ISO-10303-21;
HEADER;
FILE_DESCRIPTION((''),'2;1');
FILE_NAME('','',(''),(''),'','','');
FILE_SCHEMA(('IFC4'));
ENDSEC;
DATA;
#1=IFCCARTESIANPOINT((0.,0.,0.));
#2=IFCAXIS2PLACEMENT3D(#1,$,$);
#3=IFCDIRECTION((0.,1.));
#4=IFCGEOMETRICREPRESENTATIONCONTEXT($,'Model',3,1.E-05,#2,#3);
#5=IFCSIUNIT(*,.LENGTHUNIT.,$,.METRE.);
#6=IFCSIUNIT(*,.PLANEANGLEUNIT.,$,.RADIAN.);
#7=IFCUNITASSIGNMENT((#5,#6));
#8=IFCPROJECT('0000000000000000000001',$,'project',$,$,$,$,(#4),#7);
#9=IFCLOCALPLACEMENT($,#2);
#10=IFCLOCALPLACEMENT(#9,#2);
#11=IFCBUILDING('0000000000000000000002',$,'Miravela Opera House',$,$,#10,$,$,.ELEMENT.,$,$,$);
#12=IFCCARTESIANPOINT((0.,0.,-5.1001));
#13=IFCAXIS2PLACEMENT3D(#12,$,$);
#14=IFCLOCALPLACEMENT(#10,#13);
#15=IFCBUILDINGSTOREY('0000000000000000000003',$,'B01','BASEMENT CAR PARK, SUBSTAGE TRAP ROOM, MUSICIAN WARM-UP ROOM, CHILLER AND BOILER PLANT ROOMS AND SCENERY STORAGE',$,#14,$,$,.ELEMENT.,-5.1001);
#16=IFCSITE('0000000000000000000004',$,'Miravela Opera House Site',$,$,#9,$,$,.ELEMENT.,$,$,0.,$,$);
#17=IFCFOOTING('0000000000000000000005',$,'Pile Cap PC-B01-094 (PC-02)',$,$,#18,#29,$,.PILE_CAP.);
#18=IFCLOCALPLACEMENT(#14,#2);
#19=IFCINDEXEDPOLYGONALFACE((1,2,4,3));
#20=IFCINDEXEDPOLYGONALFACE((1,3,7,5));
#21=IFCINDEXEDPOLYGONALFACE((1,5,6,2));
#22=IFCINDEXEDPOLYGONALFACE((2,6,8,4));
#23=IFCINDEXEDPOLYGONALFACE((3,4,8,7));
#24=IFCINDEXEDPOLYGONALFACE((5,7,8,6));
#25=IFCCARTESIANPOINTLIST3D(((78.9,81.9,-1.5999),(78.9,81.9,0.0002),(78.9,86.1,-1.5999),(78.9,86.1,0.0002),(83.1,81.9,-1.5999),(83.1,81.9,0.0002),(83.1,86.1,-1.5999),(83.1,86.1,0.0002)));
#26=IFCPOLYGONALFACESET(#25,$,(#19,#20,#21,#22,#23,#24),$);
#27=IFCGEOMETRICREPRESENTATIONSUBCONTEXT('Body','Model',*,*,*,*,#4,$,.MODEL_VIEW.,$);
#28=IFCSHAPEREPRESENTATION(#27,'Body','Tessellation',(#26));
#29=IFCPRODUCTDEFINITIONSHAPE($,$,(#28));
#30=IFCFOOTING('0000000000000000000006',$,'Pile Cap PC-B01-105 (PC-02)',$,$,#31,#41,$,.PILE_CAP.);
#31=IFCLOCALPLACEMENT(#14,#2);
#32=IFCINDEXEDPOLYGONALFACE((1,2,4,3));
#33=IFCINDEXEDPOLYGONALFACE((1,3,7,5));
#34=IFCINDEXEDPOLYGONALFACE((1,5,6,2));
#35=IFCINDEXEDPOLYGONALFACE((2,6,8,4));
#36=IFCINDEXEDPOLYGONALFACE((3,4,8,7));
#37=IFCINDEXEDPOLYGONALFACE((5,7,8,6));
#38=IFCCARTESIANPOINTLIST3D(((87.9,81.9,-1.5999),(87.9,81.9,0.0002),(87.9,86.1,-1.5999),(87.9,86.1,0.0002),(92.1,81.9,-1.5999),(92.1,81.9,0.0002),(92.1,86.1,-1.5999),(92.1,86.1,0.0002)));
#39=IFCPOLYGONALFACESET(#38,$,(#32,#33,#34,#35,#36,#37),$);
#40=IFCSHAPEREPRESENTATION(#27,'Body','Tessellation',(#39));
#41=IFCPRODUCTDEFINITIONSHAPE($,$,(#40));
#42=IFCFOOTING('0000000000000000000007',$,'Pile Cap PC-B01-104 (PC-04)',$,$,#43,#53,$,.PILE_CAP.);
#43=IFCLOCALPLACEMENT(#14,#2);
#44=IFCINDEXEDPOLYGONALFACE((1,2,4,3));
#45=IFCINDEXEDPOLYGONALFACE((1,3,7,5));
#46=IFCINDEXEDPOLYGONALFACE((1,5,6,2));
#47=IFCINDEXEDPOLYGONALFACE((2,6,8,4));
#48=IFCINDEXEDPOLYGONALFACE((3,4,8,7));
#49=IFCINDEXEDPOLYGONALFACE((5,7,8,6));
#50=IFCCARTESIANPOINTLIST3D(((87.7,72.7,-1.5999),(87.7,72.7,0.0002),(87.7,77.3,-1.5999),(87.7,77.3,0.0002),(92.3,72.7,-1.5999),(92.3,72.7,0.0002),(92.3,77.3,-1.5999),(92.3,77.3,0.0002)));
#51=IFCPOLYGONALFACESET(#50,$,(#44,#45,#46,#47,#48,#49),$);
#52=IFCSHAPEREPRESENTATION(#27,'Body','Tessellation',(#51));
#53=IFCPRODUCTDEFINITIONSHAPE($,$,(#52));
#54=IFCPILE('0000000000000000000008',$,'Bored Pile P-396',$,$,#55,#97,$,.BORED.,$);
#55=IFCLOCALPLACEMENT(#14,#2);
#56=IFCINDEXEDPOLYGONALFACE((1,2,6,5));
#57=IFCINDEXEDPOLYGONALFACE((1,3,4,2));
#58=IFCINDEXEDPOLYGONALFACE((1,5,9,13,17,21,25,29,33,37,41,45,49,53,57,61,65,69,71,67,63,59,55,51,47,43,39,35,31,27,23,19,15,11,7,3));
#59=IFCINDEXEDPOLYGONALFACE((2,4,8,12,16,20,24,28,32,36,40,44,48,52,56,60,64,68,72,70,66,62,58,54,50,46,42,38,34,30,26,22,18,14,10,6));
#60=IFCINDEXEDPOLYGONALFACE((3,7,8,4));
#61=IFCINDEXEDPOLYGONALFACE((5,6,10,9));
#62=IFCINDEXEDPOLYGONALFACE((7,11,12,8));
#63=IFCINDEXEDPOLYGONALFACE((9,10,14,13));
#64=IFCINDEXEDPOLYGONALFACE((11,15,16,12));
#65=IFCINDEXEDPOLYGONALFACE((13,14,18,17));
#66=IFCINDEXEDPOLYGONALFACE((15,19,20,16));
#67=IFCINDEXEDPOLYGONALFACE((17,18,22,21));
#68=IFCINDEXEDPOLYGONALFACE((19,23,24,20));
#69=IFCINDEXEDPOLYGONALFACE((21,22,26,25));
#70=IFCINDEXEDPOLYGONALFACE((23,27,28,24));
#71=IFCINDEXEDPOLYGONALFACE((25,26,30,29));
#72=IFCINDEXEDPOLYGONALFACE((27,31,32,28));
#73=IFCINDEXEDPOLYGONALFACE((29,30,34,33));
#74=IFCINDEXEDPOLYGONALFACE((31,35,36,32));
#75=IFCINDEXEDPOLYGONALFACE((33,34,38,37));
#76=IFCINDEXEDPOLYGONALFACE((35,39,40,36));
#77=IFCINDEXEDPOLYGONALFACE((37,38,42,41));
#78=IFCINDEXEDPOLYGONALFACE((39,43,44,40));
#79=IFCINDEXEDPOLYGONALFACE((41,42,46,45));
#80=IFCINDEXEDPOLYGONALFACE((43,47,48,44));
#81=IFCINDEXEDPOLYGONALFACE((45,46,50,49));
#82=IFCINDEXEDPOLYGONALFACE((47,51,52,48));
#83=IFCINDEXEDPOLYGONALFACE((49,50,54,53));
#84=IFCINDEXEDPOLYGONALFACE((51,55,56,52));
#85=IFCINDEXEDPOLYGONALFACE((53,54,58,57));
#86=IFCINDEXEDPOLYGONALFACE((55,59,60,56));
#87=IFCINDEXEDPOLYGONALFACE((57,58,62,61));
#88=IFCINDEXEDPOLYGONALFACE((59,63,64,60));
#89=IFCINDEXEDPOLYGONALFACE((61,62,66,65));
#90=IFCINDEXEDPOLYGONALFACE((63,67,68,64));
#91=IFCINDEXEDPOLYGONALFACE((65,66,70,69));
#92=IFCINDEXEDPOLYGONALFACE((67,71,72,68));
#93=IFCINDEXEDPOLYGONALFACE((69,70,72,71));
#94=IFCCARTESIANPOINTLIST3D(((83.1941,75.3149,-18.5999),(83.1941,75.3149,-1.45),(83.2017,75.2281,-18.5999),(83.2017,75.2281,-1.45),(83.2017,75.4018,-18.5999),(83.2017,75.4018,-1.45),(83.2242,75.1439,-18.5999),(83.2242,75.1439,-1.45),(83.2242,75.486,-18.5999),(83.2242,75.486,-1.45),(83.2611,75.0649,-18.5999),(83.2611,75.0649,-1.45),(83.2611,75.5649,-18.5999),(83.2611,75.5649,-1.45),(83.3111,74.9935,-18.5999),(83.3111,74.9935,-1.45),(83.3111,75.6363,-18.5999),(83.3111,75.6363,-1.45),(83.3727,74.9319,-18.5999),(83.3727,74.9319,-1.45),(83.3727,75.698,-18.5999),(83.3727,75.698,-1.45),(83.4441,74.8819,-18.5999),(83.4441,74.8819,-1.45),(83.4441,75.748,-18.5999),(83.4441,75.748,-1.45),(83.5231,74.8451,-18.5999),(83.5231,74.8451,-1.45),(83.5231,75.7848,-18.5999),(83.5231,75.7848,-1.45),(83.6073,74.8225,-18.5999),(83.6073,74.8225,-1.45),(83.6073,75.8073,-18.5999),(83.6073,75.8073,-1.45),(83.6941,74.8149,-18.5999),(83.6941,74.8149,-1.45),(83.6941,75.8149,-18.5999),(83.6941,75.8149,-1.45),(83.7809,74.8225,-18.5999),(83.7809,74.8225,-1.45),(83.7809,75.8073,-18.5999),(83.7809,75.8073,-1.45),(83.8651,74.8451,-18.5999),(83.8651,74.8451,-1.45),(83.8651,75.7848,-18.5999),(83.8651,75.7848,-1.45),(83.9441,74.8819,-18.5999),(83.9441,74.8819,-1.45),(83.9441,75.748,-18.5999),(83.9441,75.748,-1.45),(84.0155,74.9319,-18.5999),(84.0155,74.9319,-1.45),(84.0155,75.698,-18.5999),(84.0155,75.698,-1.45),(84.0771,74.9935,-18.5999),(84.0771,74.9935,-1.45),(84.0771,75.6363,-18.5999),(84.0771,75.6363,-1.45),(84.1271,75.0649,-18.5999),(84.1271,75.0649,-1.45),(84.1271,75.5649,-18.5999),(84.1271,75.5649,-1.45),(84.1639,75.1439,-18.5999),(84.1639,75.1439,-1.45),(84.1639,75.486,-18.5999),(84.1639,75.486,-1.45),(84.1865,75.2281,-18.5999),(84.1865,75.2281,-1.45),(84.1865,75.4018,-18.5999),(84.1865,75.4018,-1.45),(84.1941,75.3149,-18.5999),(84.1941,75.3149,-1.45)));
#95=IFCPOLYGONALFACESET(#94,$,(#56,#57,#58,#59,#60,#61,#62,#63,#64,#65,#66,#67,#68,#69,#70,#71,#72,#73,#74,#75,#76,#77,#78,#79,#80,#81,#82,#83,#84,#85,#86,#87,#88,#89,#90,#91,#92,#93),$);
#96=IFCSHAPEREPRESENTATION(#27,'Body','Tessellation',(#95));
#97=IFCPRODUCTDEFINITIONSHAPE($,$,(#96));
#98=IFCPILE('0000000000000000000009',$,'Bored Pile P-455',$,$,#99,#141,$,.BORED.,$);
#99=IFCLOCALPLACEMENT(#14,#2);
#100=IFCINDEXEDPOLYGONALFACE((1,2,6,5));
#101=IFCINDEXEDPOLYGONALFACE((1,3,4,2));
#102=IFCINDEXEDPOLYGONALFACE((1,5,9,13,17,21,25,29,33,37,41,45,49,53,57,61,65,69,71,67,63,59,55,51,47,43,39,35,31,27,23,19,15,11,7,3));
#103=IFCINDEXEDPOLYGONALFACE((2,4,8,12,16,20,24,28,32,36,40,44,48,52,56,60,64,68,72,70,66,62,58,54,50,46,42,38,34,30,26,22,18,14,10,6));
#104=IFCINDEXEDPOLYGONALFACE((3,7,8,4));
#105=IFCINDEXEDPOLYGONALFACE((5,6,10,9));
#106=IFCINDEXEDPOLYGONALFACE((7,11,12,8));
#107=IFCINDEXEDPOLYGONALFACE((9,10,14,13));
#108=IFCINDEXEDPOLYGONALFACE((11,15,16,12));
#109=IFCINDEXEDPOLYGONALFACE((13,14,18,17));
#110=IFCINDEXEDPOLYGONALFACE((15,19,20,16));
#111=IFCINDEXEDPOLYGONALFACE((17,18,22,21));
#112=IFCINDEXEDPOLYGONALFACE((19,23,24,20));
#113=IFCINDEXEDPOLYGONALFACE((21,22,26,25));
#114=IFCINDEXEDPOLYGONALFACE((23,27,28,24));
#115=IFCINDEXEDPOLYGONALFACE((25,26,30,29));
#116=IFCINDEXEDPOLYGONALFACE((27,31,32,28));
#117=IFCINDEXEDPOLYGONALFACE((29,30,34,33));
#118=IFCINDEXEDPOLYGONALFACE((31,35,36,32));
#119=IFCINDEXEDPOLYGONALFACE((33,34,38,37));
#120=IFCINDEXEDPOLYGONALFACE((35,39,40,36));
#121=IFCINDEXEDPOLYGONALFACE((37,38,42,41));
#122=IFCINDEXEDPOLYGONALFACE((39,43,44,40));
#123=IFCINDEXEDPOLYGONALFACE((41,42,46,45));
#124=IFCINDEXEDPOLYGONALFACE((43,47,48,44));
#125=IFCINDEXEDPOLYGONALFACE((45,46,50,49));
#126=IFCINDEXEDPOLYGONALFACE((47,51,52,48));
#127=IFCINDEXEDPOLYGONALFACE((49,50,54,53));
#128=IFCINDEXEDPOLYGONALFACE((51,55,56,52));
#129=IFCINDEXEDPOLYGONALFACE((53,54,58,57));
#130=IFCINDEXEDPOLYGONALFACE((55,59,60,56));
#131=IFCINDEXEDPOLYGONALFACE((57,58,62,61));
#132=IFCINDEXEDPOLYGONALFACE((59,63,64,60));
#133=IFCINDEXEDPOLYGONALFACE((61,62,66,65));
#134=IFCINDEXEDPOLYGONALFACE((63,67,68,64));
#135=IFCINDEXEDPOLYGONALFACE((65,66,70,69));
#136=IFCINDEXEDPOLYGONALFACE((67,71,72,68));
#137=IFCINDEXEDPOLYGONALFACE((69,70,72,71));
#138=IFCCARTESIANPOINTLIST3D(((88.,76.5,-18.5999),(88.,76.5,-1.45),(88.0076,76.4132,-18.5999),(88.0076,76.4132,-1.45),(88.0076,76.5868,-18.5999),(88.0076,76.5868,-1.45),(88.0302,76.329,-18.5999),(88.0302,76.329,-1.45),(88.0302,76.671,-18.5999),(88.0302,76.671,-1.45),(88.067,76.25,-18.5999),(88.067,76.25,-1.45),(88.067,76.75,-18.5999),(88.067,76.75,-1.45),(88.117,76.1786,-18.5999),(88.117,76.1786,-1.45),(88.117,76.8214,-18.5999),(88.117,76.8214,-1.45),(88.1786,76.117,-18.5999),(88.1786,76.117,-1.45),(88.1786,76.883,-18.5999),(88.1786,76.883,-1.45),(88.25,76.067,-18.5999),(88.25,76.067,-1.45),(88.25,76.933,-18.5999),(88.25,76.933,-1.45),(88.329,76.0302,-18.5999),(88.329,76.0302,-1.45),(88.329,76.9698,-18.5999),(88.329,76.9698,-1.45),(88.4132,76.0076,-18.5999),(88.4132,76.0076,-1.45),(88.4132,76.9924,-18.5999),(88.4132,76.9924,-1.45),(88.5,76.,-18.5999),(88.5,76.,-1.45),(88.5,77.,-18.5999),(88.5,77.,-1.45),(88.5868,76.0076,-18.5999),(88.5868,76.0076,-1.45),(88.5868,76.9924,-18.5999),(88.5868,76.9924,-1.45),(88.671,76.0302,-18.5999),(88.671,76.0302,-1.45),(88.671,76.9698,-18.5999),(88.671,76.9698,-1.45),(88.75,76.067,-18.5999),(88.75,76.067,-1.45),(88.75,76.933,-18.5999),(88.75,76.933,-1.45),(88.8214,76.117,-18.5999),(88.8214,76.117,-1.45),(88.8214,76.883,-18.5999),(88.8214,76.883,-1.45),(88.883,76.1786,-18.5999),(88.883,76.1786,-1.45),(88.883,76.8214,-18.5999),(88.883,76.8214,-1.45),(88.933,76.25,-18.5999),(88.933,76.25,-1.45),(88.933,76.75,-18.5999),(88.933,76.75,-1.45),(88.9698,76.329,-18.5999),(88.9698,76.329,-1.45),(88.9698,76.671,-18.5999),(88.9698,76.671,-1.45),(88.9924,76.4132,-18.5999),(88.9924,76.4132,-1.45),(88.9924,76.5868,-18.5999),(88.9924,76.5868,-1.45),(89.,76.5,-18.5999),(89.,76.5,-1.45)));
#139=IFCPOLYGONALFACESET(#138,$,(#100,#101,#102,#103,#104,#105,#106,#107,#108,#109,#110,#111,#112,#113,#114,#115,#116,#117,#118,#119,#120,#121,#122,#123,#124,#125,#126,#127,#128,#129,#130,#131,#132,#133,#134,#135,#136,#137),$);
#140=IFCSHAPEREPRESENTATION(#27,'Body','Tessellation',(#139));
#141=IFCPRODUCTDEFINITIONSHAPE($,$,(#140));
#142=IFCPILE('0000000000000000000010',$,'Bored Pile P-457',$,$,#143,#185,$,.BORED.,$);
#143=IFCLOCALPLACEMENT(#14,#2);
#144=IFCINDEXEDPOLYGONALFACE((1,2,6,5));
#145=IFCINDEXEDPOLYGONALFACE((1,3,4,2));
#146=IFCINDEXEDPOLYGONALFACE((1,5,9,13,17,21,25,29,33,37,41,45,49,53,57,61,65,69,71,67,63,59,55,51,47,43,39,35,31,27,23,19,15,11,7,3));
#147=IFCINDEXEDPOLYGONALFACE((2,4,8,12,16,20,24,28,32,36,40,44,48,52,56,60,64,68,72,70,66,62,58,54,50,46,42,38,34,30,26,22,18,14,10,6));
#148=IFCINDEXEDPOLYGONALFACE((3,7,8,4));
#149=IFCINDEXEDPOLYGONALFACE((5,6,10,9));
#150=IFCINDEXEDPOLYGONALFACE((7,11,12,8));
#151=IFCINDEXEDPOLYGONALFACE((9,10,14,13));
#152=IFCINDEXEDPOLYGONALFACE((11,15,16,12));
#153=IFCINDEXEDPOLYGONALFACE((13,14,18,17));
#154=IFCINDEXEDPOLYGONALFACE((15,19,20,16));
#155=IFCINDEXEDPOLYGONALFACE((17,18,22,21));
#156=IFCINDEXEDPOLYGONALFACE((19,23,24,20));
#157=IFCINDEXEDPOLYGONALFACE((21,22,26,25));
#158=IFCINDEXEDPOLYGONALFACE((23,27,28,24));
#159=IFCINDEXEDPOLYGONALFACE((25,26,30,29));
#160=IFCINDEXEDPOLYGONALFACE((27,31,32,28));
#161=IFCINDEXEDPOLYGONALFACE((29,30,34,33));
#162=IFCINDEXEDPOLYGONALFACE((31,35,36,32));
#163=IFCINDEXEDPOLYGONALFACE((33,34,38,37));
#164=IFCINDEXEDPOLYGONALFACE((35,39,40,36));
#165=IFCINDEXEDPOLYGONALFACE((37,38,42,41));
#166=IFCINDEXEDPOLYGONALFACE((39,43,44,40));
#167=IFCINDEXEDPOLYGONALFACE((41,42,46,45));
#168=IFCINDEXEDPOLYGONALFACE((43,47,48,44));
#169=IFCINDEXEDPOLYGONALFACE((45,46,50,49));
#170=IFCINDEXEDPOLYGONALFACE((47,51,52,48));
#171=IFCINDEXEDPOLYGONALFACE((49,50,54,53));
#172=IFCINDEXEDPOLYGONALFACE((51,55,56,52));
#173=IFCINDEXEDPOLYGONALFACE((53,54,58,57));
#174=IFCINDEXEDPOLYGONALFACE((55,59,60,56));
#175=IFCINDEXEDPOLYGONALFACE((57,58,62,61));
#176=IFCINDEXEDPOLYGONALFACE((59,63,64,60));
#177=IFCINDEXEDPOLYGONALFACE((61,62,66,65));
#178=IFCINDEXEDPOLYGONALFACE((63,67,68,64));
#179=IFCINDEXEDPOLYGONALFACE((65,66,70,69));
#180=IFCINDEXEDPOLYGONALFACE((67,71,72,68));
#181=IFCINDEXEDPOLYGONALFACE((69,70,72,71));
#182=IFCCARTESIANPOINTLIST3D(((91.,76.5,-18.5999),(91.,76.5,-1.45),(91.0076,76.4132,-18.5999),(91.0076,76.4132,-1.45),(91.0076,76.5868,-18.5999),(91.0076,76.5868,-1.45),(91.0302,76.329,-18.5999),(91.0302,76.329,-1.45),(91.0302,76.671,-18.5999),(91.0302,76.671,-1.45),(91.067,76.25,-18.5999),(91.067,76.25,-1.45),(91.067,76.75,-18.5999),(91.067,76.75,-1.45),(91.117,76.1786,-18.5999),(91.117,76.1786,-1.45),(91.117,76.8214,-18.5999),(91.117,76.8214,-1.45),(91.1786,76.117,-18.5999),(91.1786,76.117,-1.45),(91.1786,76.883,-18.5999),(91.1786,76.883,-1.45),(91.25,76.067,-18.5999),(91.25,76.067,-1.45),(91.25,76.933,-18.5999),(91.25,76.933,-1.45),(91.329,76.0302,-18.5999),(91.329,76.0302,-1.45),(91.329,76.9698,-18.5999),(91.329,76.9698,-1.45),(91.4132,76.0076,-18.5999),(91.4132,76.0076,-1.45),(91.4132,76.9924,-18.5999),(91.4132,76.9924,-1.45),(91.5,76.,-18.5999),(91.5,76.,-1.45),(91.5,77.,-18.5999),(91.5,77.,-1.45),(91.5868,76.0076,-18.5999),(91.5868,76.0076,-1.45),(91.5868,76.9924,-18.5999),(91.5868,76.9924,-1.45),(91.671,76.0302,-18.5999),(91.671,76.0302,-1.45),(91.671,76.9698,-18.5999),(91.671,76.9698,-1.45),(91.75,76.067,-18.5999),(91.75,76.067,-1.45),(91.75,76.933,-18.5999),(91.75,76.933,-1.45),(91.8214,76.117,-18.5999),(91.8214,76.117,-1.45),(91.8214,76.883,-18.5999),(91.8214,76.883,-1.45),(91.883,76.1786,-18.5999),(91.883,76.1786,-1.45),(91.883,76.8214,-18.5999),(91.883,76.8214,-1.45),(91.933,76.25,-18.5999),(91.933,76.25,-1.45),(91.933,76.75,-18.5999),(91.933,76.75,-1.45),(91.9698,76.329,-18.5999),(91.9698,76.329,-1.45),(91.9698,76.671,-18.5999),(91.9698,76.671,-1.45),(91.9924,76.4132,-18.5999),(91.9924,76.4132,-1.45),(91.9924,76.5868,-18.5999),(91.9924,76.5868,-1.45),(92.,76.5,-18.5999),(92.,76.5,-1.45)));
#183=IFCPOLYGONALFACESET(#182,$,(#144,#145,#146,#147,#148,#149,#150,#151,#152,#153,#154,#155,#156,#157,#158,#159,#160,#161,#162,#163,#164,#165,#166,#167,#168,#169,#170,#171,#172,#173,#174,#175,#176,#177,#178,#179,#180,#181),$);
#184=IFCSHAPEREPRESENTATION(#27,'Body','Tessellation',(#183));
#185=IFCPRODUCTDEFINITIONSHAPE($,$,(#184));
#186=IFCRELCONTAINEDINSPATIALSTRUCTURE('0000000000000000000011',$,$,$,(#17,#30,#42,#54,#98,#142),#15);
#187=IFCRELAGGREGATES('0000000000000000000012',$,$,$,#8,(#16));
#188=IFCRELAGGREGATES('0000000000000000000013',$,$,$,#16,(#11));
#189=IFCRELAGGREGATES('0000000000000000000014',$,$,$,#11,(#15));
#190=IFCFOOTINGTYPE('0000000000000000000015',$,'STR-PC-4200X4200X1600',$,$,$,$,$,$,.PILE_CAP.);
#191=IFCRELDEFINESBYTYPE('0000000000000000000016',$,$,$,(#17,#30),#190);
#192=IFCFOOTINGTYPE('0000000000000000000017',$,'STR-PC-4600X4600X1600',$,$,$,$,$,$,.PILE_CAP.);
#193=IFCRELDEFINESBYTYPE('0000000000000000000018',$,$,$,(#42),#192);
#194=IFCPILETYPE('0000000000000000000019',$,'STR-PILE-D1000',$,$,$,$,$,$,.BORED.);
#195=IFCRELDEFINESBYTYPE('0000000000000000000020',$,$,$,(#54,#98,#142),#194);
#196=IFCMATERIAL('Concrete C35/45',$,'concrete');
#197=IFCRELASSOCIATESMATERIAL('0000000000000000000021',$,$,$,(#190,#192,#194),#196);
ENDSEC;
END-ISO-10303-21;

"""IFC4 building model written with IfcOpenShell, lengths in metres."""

from ifc_helpers import new_model, si_unit, direction, frame, origin, origin_2d, place, context, subcontext, project, spatial, rectangle, circle, extrude, material, material_profile, profile_set, type_object, element, save


model = new_model("IFC4")

# Units and contexts
model_context = context("Model", 3, precision=1e-05, world=origin(), true_north=direction((0.0, 1.0)))
body_context = subcontext(model_context, "Body", "Model", "MODEL_VIEW")
ifc_project = project(units=[si_unit("LENGTHUNIT", "METRE"), si_unit("PLANEANGLEUNIT", "RADIAN")], contexts=[model_context])

# Site, building, storey
site_placement = place(None, origin())
site = spatial("IfcSite", under=ifc_project, at=site_placement, Name="Miravela Opera House Site", CompositionType="ELEMENT", RefElevation=0.0)
building_placement = place(site_placement, origin())
building = spatial("IfcBuilding", under=site, at=building_placement, Name="Miravela Opera House", CompositionType="ELEMENT")
storey_placement = place(building_placement, frame((0.0, 0.0, -5.1001)))
storey = spatial("IfcBuildingStorey", under=building, at=storey_placement, Name="B01", Description="BASEMENT CAR PARK, SUBSTAGE TRAP ROOM, MUSICIAN WARM-UP ROOM, CHILLER AND BOILER PLANT ROOMS AND SCENERY STORAGE", CompositionType="ELEMENT", Elevation=-5.1001)

# Footings
ifc_material_1 = material(Name="Concrete C35/45", Category="concrete")
footing_type_1 = type_object("IfcFootingType", Name="STR-PC-4200X4200X1600", PredefinedType="PILE_CAP", material=ifc_material_1)
for number, where, z_axis, x_axis, name in (
    (1, (81.0, 84.0, -1.5999), (0.0, 0.0, 1.0), (1.0, 0.0, 0.0), "Pile Cap PC-B01-094 (PC-02)"),
    (2, (90.0, 84.0, -1.5999), (0.0, 0.0, 1.0), (1.0, 0.0, 0.0), "Pile Cap PC-B01-105 (PC-02)"),
):
    element("IfcFooting", number, at=place(storey_placement, frame(where, z_axis=z_axis, x_axis=x_axis)), inside=storey, type_object=footing_type_1, Name=name, PredefinedType="PILE_CAP", context=body_context, shape_type="SweptSolid", body=[
        extrude(rectangle(XDim=4.2, YDim=4.2, at=origin_2d()), origin(), (0.0, 0.0, 1.0), 1.6001),
    ])
footing_type_2 = type_object("IfcFootingType", Name="STR-PC-4600X4600X1600", PredefinedType="PILE_CAP", material=ifc_material_1)
footing_placement = place(storey_placement, frame((90.0, 75.0, -1.5999), z_axis=(0.0, 0.0, 1.0), x_axis=(1.0, 0.0, 0.0)))
element("IfcFooting", 3, at=footing_placement, inside=storey, type_object=footing_type_2, Name="Pile Cap PC-B01-104 (PC-04)", PredefinedType="PILE_CAP", context=body_context, shape_type="SweptSolid", body=[
    extrude(rectangle(XDim=4.6001, YDim=4.6001, at=origin_2d()), origin(), (0.0, 0.0, 1.0), 1.6001),
])

# Piles
ifc_material_profile_1 = material_profile(ifc_material_1, circle(Radius=0.5, at=origin_2d()), Name="PILE-D1000")
ifc_profile_set_1 = profile_set([ifc_material_profile_1])
pile_type_1 = type_object("IfcPileType", Name="STR-PILE-D1000", PredefinedType="BORED", material=ifc_profile_set_1)
for number, where, z_axis, x_axis, name in (
    (4, (83.6941, 75.3149, -1.45), (0.0, 0.0, -1.0), (1.0, 0.0, 0.0), "Bored Pile P-396"),
    (5, (88.5, 76.5, -1.45), (0.0, 0.0, -1.0), (1.0, 0.0, 0.0), "Bored Pile P-455"),
    (6, (91.5, 76.5, -1.45), (0.0, 0.0, -1.0), (1.0, 0.0, 0.0), "Bored Pile P-457"),
):
    element("IfcPile", number, at=place(storey_placement, frame(where, z_axis=z_axis, x_axis=x_axis)), inside=storey, type_object=pile_type_1, Name=name, PredefinedType="BORED", context=body_context, shape_type="SweptSolid", body=[
        extrude(circle(Radius=0.5, at=origin_2d()), origin(), (0.0, 0.0, 1.0), 17.1499),
    ])

save(model, "model.ifc")
